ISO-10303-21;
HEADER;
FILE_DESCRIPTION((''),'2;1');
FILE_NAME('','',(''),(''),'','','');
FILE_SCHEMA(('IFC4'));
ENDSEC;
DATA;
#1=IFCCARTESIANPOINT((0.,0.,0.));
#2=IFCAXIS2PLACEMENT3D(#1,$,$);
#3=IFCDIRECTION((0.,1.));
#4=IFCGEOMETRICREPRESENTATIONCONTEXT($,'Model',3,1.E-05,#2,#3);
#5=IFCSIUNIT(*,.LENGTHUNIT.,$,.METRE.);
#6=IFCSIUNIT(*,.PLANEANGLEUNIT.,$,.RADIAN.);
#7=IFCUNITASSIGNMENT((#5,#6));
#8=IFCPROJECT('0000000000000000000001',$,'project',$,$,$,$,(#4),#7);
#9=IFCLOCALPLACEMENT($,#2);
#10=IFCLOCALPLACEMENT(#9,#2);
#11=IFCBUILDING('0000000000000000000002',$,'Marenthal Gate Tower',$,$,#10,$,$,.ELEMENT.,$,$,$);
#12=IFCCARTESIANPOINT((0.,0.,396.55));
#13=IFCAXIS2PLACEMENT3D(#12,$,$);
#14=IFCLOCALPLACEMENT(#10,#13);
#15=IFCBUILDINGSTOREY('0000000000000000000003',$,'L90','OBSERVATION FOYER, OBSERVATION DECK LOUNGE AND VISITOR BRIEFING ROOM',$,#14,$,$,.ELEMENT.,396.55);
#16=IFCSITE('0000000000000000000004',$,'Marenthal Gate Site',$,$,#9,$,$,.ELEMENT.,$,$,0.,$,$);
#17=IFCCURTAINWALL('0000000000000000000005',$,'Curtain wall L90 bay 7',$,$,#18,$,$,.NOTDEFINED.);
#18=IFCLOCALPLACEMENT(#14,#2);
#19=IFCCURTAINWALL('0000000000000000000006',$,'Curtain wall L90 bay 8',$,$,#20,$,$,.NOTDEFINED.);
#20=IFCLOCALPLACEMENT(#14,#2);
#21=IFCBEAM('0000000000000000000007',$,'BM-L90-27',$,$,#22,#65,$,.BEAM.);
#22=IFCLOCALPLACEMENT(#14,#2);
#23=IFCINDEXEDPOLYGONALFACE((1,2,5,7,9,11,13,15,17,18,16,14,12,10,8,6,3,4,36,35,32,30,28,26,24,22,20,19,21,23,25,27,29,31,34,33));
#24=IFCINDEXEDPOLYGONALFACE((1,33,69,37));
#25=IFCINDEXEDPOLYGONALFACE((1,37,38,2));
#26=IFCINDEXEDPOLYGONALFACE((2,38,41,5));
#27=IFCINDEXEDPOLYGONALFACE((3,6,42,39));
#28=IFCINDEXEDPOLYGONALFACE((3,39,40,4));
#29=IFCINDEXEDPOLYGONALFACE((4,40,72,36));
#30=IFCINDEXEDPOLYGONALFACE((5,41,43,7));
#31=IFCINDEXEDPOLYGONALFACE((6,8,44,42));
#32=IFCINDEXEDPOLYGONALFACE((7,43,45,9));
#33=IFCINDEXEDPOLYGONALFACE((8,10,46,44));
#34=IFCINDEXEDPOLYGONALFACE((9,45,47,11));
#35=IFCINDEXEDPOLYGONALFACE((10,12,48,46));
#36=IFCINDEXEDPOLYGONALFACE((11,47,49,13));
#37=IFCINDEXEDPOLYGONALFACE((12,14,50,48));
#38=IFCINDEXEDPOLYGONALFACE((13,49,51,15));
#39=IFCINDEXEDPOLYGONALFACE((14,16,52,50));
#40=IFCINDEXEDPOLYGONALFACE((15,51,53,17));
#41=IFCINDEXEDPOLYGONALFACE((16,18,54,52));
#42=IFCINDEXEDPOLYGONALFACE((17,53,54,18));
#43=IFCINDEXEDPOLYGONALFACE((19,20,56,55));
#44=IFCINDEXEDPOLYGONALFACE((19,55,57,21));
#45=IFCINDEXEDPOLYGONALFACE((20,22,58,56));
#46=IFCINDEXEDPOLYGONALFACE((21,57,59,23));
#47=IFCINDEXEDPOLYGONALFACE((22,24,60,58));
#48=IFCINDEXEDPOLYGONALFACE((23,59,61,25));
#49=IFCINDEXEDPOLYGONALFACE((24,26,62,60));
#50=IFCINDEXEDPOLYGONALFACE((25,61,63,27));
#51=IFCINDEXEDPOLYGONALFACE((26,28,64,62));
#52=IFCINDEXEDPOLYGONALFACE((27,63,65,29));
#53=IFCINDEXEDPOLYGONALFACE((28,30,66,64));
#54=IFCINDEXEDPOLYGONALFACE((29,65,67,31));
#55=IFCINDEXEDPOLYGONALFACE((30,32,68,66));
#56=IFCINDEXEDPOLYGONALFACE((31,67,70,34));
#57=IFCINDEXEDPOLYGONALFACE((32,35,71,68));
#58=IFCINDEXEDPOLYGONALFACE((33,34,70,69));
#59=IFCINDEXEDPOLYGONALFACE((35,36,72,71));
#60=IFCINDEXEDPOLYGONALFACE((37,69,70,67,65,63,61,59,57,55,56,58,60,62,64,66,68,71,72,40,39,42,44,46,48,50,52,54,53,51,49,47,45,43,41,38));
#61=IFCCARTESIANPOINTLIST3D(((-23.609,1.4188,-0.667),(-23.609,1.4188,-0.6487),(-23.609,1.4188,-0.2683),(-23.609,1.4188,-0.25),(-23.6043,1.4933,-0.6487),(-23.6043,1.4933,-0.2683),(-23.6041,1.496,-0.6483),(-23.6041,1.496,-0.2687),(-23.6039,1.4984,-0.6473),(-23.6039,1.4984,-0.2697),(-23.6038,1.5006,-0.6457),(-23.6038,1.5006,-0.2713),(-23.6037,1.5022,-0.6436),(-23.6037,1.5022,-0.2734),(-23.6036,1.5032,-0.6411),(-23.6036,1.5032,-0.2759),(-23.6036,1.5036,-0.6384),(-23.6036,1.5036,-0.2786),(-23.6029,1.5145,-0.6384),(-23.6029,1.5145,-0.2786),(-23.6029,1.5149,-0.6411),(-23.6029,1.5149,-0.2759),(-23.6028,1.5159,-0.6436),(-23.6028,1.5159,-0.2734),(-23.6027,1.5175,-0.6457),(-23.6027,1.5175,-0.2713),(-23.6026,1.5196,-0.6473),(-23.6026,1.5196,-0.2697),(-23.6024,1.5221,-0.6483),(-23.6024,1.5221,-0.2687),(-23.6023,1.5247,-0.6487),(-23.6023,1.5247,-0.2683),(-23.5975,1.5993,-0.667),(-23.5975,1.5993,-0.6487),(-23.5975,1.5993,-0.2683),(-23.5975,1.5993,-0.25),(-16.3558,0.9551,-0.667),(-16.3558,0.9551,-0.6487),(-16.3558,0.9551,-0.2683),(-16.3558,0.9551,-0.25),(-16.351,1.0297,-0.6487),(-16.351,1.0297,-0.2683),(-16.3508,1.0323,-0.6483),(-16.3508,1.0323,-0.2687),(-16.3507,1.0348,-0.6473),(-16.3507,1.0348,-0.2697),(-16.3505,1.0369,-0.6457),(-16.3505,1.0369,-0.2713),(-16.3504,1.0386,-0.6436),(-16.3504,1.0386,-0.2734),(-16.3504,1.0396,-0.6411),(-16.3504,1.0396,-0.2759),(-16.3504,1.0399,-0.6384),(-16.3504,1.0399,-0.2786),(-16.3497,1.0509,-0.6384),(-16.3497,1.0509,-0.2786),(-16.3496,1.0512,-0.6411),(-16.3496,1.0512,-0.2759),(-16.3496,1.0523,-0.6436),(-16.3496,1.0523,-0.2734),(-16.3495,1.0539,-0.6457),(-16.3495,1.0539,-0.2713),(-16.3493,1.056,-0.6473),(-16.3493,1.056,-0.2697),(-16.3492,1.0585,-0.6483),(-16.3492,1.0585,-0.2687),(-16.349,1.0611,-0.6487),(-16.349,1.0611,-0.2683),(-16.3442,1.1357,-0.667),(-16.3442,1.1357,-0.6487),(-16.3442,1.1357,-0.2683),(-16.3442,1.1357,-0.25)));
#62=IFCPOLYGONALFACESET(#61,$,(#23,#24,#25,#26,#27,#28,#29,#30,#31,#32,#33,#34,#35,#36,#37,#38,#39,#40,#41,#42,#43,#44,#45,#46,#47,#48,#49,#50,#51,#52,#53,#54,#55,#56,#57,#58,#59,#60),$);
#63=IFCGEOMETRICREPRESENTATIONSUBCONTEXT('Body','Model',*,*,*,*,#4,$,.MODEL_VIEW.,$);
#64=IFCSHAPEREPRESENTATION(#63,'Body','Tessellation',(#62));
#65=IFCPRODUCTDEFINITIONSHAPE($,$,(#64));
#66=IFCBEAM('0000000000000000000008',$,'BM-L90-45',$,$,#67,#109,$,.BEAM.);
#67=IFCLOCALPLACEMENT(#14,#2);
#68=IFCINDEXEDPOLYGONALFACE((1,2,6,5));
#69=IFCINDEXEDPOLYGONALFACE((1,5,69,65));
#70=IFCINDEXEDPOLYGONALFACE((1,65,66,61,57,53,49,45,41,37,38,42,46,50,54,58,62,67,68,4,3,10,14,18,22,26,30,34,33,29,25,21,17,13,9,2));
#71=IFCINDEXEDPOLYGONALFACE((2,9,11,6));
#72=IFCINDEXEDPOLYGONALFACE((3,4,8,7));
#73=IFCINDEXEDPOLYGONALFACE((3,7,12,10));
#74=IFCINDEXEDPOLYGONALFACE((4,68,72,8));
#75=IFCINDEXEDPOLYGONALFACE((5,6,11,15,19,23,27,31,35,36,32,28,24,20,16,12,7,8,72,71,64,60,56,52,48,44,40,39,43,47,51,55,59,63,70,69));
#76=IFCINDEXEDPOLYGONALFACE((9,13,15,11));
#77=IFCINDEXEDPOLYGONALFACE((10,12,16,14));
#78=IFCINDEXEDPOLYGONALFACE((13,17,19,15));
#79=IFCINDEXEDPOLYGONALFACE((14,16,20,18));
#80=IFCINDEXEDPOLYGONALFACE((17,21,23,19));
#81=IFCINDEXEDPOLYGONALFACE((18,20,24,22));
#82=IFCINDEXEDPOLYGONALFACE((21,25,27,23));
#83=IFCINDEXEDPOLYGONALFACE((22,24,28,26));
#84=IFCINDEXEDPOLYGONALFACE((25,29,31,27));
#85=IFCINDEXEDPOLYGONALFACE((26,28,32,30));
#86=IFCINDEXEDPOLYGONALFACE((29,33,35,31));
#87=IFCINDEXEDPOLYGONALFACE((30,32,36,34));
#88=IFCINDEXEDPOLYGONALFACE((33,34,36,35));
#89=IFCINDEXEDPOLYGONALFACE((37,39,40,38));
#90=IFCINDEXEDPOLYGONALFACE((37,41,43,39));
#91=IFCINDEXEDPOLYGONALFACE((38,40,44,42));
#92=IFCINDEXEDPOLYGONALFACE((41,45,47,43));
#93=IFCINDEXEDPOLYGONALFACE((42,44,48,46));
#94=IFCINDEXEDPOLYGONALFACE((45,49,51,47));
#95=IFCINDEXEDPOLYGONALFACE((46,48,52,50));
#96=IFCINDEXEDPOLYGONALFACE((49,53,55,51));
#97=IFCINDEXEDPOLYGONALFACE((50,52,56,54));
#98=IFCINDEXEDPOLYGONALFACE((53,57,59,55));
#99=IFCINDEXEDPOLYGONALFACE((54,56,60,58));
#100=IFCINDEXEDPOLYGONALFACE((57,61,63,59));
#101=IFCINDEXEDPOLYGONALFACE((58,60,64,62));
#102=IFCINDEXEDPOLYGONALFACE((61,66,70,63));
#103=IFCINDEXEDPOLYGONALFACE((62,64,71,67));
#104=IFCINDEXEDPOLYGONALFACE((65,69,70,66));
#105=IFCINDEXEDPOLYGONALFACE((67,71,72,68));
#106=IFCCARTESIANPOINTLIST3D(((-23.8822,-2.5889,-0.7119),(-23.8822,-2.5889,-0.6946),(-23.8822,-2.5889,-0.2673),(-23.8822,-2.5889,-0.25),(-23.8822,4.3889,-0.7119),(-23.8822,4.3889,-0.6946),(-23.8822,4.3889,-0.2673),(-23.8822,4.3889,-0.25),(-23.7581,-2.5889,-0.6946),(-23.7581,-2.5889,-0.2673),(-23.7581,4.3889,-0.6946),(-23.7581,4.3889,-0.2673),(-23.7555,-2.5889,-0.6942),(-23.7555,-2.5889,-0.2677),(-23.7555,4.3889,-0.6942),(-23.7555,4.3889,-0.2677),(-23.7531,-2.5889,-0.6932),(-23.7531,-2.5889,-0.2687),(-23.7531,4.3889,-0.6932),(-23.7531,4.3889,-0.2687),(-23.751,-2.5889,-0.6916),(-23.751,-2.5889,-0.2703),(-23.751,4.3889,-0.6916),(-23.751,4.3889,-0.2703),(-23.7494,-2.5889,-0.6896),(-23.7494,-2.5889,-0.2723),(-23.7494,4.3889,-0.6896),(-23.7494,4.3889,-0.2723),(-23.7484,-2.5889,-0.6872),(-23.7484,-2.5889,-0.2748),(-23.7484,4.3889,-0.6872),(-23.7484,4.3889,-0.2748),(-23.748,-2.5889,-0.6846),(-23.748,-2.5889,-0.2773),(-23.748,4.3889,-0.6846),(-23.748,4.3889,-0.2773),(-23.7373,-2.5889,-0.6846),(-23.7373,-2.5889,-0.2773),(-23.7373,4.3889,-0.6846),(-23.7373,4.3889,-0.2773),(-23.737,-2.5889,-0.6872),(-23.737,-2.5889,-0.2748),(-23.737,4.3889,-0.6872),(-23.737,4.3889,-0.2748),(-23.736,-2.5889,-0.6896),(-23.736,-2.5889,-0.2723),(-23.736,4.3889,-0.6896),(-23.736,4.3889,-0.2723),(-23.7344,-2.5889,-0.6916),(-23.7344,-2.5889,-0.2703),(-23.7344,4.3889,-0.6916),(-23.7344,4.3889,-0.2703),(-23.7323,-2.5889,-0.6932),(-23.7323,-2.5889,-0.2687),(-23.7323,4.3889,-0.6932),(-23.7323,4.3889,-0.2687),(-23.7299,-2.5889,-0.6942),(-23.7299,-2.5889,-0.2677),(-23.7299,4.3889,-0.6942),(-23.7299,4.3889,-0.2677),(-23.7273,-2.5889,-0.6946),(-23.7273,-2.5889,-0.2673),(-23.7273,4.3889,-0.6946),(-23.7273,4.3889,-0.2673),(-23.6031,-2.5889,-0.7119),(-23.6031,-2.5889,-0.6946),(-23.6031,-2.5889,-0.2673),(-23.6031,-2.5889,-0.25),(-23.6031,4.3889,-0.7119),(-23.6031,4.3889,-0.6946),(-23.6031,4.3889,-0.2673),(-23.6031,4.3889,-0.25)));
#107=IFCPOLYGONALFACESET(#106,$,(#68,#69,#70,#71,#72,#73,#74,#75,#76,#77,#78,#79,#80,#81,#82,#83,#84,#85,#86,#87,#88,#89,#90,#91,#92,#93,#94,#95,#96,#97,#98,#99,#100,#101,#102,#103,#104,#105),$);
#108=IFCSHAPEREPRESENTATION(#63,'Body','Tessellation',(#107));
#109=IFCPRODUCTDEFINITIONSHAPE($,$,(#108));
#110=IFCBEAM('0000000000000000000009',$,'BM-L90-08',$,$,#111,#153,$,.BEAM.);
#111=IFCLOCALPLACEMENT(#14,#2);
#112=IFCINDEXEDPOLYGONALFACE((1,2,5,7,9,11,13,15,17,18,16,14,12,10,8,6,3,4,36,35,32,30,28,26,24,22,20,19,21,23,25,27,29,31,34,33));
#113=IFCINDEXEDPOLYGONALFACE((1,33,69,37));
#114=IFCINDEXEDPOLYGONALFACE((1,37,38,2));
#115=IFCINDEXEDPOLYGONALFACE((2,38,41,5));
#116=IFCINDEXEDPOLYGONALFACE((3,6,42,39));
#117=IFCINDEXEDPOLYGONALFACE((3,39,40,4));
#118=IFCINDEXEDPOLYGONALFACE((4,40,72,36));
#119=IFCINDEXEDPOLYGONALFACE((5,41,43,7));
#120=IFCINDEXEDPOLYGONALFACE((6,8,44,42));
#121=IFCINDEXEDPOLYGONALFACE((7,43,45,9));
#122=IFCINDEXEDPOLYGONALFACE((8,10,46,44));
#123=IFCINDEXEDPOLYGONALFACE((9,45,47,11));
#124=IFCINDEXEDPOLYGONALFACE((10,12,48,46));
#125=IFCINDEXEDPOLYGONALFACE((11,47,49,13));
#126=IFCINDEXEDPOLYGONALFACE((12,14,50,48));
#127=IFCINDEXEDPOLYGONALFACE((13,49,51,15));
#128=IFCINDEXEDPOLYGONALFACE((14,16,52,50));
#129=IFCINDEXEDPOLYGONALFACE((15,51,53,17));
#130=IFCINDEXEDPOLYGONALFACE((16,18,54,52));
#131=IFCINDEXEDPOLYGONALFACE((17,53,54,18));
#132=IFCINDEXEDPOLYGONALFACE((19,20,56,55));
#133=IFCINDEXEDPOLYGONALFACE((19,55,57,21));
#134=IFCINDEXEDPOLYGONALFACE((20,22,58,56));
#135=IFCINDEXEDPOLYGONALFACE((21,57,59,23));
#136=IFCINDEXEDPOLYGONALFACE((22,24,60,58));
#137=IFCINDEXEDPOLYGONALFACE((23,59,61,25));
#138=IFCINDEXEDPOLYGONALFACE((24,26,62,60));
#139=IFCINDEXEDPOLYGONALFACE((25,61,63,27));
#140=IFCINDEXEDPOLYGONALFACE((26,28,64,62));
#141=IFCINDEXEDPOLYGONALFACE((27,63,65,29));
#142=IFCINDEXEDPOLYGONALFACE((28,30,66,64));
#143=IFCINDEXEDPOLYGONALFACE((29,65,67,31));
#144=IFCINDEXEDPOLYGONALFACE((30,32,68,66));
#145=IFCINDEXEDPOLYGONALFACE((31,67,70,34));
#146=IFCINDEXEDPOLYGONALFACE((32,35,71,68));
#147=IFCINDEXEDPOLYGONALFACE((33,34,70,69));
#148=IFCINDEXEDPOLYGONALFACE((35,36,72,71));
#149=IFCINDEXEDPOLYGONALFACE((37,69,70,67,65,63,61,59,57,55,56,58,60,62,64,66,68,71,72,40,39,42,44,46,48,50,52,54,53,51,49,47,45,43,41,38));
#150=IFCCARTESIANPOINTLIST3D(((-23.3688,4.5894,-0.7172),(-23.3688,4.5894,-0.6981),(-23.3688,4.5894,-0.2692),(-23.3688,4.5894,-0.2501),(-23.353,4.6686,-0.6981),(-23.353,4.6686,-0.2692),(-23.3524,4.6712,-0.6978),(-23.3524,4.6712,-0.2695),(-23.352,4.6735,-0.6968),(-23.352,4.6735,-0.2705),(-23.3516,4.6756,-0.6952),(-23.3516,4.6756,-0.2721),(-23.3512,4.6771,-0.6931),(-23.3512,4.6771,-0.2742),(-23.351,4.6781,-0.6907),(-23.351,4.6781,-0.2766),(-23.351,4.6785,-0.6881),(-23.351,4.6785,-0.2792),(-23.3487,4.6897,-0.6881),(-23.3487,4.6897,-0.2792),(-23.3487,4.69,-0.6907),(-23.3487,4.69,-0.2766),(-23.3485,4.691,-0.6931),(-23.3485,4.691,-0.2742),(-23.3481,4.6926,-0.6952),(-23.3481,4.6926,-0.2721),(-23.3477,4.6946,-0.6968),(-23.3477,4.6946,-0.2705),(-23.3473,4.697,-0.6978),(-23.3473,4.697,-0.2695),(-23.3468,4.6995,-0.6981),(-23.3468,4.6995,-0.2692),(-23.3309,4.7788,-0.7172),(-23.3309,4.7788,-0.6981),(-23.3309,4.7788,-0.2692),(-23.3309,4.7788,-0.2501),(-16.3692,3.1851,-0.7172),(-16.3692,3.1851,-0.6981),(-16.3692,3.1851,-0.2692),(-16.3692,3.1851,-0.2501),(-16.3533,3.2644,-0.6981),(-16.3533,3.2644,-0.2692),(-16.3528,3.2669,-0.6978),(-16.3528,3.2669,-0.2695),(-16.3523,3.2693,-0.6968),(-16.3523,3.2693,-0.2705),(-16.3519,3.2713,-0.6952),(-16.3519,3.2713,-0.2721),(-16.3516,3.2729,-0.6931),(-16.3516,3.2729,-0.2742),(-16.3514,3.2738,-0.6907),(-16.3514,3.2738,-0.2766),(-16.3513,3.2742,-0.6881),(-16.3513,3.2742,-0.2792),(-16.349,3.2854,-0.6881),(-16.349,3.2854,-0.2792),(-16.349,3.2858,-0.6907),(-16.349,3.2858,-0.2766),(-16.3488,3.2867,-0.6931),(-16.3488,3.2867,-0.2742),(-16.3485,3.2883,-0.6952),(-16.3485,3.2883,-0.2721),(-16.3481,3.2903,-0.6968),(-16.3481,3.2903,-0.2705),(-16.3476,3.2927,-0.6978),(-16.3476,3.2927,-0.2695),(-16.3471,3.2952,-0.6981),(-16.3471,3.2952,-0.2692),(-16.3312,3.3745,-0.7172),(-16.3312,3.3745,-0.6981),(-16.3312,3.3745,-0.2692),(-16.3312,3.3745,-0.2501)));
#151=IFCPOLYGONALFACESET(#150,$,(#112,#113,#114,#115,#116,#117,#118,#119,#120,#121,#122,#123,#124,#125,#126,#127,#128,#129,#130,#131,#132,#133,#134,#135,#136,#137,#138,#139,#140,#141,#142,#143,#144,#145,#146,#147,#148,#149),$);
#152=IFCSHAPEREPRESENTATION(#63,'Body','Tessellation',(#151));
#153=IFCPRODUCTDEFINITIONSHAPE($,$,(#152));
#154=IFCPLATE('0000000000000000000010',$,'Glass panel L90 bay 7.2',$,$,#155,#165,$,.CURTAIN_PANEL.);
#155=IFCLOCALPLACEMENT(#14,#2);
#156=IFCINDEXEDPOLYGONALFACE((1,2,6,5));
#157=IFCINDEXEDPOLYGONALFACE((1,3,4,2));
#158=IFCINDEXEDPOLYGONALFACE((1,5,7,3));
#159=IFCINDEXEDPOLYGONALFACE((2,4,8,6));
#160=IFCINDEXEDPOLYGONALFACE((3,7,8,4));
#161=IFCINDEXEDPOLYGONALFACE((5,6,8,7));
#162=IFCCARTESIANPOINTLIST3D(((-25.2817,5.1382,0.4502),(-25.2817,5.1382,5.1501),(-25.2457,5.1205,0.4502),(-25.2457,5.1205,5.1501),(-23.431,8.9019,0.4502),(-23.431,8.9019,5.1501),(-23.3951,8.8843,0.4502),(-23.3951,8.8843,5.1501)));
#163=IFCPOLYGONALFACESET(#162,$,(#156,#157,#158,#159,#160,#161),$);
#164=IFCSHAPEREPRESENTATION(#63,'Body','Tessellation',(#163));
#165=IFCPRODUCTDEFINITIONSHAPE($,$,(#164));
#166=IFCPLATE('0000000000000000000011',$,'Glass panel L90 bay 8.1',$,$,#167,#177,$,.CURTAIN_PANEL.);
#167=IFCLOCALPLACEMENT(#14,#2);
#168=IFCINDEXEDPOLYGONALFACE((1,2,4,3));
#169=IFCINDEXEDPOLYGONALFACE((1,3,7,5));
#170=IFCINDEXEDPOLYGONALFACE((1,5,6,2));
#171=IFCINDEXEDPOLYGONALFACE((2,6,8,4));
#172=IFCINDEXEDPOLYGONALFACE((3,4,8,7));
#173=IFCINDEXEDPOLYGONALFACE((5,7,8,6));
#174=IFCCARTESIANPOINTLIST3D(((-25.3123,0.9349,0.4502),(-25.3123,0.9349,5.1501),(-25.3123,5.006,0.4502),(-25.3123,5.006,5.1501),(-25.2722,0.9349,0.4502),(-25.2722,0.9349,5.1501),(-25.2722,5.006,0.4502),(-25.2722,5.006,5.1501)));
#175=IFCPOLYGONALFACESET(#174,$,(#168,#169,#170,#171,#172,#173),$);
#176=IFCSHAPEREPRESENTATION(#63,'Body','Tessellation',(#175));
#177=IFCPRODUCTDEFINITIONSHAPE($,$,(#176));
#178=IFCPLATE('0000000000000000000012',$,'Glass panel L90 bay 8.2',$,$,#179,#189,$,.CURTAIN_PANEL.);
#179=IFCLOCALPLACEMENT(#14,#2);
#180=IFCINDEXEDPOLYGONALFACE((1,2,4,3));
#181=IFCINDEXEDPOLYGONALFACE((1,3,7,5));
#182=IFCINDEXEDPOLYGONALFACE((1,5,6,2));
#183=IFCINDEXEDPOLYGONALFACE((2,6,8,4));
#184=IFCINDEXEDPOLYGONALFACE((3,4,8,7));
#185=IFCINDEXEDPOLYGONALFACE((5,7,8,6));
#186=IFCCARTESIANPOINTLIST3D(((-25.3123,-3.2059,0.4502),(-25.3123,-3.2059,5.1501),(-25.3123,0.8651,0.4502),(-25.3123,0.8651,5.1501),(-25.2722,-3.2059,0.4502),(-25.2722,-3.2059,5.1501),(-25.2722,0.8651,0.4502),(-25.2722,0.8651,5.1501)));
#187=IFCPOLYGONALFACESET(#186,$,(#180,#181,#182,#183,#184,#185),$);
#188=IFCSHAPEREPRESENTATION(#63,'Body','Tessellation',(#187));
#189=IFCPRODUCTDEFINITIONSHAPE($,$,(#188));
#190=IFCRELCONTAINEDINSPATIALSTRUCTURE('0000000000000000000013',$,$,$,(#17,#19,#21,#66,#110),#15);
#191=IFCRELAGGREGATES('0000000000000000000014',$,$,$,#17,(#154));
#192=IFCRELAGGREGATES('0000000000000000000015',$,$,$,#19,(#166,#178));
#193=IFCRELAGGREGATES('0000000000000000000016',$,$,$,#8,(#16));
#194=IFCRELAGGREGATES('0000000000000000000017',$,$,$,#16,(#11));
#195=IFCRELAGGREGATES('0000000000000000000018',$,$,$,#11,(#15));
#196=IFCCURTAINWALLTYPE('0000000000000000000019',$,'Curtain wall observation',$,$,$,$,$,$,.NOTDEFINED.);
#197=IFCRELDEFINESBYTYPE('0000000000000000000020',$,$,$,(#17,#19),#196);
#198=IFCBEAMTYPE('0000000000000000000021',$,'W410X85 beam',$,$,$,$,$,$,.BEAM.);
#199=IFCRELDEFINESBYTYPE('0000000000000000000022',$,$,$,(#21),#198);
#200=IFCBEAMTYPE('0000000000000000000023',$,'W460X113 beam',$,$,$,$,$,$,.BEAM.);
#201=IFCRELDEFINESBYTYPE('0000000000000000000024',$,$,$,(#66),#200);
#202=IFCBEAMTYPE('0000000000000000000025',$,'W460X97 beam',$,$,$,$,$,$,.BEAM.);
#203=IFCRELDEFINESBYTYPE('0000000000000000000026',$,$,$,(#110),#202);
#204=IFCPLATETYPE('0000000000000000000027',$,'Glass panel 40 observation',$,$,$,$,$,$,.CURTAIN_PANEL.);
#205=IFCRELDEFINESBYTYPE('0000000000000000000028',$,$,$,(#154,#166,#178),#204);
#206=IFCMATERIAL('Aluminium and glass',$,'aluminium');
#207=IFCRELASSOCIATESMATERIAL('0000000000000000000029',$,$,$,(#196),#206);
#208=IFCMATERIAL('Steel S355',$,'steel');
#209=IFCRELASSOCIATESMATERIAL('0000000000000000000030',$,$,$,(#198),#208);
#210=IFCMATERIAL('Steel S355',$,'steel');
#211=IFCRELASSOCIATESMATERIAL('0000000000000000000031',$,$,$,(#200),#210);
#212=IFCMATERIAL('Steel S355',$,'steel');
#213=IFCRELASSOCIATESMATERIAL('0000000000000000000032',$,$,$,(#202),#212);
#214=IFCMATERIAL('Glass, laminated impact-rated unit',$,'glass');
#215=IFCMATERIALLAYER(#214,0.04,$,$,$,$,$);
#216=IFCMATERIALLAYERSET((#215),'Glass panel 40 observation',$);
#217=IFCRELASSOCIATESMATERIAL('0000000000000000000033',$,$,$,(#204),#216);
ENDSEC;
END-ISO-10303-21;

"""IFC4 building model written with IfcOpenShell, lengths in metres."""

from ifc_helpers import new_model, si_unit, direction, frame, origin, origin_2d, place, context, subcontext, project, spatial, rectangle, i_section, extrude, material, layer, layer_set, material_profile, profile_set, type_object, element, aggregate, save


model = new_model("IFC4")

# Units and contexts
model_context = context("Model", 3, precision=1e-05, world=origin(), true_north=direction((0.0, 1.0)))
body_context = subcontext(model_context, "Body", "Model", "MODEL_VIEW")
ifc_project = project(units=[si_unit("LENGTHUNIT", "METRE"), si_unit("PLANEANGLEUNIT", "RADIAN")], contexts=[model_context])

# Site, building, storey
site_placement = place(None, origin())
site = spatial("IfcSite", under=ifc_project, at=site_placement, Name="Marenthal Gate Site", CompositionType="ELEMENT", RefElevation=0.0)
building_placement = place(site_placement, origin())
building = spatial("IfcBuilding", under=site, at=building_placement, Name="Marenthal Gate Tower", CompositionType="ELEMENT")
storey_placement = place(building_placement, frame((0.0, 0.0, 396.55)))
storey = spatial("IfcBuildingStorey", under=building, at=storey_placement, Name="L90", Description="OBSERVATION FOYER, OBSERVATION DECK LOUNGE AND VISITOR BRIEFING ROOM", CompositionType="ELEMENT", Elevation=396.55)

# Curtain walls
ifc_material_1 = material(Name="Aluminium and glass", Category="aluminium")
curtain_wall_type = type_object("IfcCurtainWallType", Name="Curtain wall observation", PredefinedType="NOTDEFINED", material=ifc_material_1)
curtain_wall_1_placement = place(storey_placement, origin())
curtain_wall_1 = element("IfcCurtainWall", 1, at=curtain_wall_1_placement, inside=storey, type_object=curtain_wall_type, Name="Curtain wall L90 bay 7", PredefinedType="NOTDEFINED")
curtain_wall_2_placement = place(storey_placement, origin())
curtain_wall_2 = element("IfcCurtainWall", 2, at=curtain_wall_2_placement, inside=storey, type_object=curtain_wall_type, Name="Curtain wall L90 bay 8", PredefinedType="NOTDEFINED")

# Beams
ifc_material_2 = material(Name="Steel S355", Category="steel")
ifc_material_profile_1 = material_profile(ifc_material_2, i_section(OverallWidth=0.1809, OverallDepth=0.417, WebThickness=0.011, FlangeThickness=0.0183, FilletRadius=0.0103, at=origin_2d()), Name="W410X85")
ifc_profile_set_1 = profile_set([ifc_material_profile_1], Name="Steel S355")
beam_type_1 = type_object("IfcBeamType", Name="W410X85 beam", PredefinedType="BEAM", material=ifc_profile_set_1)
beam_1_placement = place(storey_placement, frame((-23.6033, 1.509, -0.4585), z_axis=(0.997963, -0.06379, 0.0), x_axis=(0.06379, 0.997963, 0.0)))
element("IfcBeam", 3, at=beam_1_placement, inside=storey, type_object=beam_type_1, Name="BM-L90-27", PredefinedType="BEAM", context=body_context, shape_type="SweptSolid", body=[
    extrude(i_section(OverallWidth=0.1809, OverallDepth=0.417, WebThickness=0.011, FlangeThickness=0.0183, FilletRadius=0.0103, at=origin_2d()), origin(), (0.0, 0.0, 1.0), 7.2681),
])
ifc_material_3 = material(Name="Steel S355", Category="steel")
ifc_material_profile_2 = material_profile(ifc_material_3, i_section(OverallWidth=0.2791, OverallDepth=0.4619, WebThickness=0.0107, FlangeThickness=0.0173, FilletRadius=0.01, at=origin_2d()), Name="W460X113")
ifc_profile_set_2 = profile_set([ifc_material_profile_2], Name="Steel S355")
beam_type_2 = type_object("IfcBeamType", Name="W460X113 beam", PredefinedType="BEAM", material=ifc_profile_set_2)
beam_2_placement = place(storey_placement, frame((-23.7427, 4.3889, -0.481), z_axis=(0.0, -1.0, 0.0), x_axis=(1.0, 0.0, 0.0)))
element("IfcBeam", 4, at=beam_2_placement, inside=storey, type_object=beam_type_2, Name="BM-L90-45", PredefinedType="BEAM", context=body_context, shape_type="SweptSolid", body=[
    extrude(i_section(OverallWidth=0.2791, OverallDepth=0.4619, WebThickness=0.0107, FlangeThickness=0.0173, FilletRadius=0.01, at=origin_2d()), origin(), (0.0, 0.0, 1.0), 6.9778),
])
ifc_material_4 = material(Name="Steel S355", Category="steel")
ifc_material_profile_3 = material_profile(ifc_material_4, i_section(OverallWidth=0.1931, OverallDepth=0.467, WebThickness=0.0115, FlangeThickness=0.019, FilletRadius=0.01, at=origin_2d()), Name="W460X97")
ifc_profile_set_3 = profile_set([ifc_material_profile_3], Name="Steel S355")
beam_type_3 = type_object("IfcBeamType", Name="W460X97 beam", PredefinedType="BEAM", material=ifc_profile_set_3)
beam_3_placement = place(storey_placement, frame((-23.3499, 4.6841, -0.4836), z_axis=(0.980463, -0.196701, 0.0), x_axis=(0.196701, 0.980463, 0.0)))
element("IfcBeam", 5, at=beam_3_placement, inside=storey, type_object=beam_type_3, Name="BM-L90-08", PredefinedType="BEAM", context=body_context, shape_type="SweptSolid", body=[
    extrude(i_section(OverallWidth=0.1931, OverallDepth=0.467, WebThickness=0.0115, FlangeThickness=0.019, FilletRadius=0.01, at=origin_2d()), origin(), (0.0, 0.0, 1.0), 7.1392),
])

# Plates
ifc_material_5 = material(Name="Glass, laminated impact-rated unit", Category="glass")
ifc_layer_1 = layer(ifc_material_5, 0.04)
ifc_layer_set_1 = layer_set([ifc_layer_1], Name="Glass panel 40 observation")
plate_type = type_object("IfcPlateType", Name="Glass panel 40 observation", PredefinedType="CURTAIN_PANEL", material=ifc_layer_set_1)
plate_1_placement = place(storey_placement, frame((-24.3384, 7.0112, 0.4502), z_axis=(0.0, 0.0, 1.0), x_axis=(-0.441247, -0.897386, 0.0)))
plate_1 = element("IfcPlate", 6, at=plate_1_placement, type_object=plate_type, Name="Glass panel L90 bay 7.2", PredefinedType="CURTAIN_PANEL", context=body_context, shape_type="SweptSolid", body=[
    extrude(rectangle(XDim=4.1941, YDim=0.04, at=origin_2d()), origin(), (0.0, 0.0, 1.0), 4.7),
])
aggregate(curtain_wall_1, [plate_1])
plate_2_placement = place(storey_placement, frame((-25.2922, 2.9705, 0.4502), z_axis=(0.0, 0.0, 1.0), x_axis=(0.0, -1.0, 0.0)))
plate_2 = element("IfcPlate", 7, at=plate_2_placement, type_object=plate_type, Name="Glass panel L90 bay 8.1", PredefinedType="CURTAIN_PANEL", context=body_context, shape_type="SweptSolid", body=[
    extrude(rectangle(XDim=4.071, YDim=0.04, at=origin_2d()), origin(), (0.0, 0.0, 1.0), 4.7),
])
plate_3_placement = place(storey_placement, frame((-25.2922, -1.1704, 0.4502), z_axis=(0.0, 0.0, 1.0), x_axis=(0.0, -1.0, 0.0)))
plate_3 = element("IfcPlate", 8, at=plate_3_placement, type_object=plate_type, Name="Glass panel L90 bay 8.2", PredefinedType="CURTAIN_PANEL", context=body_context, shape_type="SweptSolid", body=[
    extrude(rectangle(XDim=4.071, YDim=0.04, at=origin_2d()), origin(), (0.0, 0.0, 1.0), 4.7),
])
aggregate(curtain_wall_2, [plate_2, plate_3])

save(model, "model.ifc")
